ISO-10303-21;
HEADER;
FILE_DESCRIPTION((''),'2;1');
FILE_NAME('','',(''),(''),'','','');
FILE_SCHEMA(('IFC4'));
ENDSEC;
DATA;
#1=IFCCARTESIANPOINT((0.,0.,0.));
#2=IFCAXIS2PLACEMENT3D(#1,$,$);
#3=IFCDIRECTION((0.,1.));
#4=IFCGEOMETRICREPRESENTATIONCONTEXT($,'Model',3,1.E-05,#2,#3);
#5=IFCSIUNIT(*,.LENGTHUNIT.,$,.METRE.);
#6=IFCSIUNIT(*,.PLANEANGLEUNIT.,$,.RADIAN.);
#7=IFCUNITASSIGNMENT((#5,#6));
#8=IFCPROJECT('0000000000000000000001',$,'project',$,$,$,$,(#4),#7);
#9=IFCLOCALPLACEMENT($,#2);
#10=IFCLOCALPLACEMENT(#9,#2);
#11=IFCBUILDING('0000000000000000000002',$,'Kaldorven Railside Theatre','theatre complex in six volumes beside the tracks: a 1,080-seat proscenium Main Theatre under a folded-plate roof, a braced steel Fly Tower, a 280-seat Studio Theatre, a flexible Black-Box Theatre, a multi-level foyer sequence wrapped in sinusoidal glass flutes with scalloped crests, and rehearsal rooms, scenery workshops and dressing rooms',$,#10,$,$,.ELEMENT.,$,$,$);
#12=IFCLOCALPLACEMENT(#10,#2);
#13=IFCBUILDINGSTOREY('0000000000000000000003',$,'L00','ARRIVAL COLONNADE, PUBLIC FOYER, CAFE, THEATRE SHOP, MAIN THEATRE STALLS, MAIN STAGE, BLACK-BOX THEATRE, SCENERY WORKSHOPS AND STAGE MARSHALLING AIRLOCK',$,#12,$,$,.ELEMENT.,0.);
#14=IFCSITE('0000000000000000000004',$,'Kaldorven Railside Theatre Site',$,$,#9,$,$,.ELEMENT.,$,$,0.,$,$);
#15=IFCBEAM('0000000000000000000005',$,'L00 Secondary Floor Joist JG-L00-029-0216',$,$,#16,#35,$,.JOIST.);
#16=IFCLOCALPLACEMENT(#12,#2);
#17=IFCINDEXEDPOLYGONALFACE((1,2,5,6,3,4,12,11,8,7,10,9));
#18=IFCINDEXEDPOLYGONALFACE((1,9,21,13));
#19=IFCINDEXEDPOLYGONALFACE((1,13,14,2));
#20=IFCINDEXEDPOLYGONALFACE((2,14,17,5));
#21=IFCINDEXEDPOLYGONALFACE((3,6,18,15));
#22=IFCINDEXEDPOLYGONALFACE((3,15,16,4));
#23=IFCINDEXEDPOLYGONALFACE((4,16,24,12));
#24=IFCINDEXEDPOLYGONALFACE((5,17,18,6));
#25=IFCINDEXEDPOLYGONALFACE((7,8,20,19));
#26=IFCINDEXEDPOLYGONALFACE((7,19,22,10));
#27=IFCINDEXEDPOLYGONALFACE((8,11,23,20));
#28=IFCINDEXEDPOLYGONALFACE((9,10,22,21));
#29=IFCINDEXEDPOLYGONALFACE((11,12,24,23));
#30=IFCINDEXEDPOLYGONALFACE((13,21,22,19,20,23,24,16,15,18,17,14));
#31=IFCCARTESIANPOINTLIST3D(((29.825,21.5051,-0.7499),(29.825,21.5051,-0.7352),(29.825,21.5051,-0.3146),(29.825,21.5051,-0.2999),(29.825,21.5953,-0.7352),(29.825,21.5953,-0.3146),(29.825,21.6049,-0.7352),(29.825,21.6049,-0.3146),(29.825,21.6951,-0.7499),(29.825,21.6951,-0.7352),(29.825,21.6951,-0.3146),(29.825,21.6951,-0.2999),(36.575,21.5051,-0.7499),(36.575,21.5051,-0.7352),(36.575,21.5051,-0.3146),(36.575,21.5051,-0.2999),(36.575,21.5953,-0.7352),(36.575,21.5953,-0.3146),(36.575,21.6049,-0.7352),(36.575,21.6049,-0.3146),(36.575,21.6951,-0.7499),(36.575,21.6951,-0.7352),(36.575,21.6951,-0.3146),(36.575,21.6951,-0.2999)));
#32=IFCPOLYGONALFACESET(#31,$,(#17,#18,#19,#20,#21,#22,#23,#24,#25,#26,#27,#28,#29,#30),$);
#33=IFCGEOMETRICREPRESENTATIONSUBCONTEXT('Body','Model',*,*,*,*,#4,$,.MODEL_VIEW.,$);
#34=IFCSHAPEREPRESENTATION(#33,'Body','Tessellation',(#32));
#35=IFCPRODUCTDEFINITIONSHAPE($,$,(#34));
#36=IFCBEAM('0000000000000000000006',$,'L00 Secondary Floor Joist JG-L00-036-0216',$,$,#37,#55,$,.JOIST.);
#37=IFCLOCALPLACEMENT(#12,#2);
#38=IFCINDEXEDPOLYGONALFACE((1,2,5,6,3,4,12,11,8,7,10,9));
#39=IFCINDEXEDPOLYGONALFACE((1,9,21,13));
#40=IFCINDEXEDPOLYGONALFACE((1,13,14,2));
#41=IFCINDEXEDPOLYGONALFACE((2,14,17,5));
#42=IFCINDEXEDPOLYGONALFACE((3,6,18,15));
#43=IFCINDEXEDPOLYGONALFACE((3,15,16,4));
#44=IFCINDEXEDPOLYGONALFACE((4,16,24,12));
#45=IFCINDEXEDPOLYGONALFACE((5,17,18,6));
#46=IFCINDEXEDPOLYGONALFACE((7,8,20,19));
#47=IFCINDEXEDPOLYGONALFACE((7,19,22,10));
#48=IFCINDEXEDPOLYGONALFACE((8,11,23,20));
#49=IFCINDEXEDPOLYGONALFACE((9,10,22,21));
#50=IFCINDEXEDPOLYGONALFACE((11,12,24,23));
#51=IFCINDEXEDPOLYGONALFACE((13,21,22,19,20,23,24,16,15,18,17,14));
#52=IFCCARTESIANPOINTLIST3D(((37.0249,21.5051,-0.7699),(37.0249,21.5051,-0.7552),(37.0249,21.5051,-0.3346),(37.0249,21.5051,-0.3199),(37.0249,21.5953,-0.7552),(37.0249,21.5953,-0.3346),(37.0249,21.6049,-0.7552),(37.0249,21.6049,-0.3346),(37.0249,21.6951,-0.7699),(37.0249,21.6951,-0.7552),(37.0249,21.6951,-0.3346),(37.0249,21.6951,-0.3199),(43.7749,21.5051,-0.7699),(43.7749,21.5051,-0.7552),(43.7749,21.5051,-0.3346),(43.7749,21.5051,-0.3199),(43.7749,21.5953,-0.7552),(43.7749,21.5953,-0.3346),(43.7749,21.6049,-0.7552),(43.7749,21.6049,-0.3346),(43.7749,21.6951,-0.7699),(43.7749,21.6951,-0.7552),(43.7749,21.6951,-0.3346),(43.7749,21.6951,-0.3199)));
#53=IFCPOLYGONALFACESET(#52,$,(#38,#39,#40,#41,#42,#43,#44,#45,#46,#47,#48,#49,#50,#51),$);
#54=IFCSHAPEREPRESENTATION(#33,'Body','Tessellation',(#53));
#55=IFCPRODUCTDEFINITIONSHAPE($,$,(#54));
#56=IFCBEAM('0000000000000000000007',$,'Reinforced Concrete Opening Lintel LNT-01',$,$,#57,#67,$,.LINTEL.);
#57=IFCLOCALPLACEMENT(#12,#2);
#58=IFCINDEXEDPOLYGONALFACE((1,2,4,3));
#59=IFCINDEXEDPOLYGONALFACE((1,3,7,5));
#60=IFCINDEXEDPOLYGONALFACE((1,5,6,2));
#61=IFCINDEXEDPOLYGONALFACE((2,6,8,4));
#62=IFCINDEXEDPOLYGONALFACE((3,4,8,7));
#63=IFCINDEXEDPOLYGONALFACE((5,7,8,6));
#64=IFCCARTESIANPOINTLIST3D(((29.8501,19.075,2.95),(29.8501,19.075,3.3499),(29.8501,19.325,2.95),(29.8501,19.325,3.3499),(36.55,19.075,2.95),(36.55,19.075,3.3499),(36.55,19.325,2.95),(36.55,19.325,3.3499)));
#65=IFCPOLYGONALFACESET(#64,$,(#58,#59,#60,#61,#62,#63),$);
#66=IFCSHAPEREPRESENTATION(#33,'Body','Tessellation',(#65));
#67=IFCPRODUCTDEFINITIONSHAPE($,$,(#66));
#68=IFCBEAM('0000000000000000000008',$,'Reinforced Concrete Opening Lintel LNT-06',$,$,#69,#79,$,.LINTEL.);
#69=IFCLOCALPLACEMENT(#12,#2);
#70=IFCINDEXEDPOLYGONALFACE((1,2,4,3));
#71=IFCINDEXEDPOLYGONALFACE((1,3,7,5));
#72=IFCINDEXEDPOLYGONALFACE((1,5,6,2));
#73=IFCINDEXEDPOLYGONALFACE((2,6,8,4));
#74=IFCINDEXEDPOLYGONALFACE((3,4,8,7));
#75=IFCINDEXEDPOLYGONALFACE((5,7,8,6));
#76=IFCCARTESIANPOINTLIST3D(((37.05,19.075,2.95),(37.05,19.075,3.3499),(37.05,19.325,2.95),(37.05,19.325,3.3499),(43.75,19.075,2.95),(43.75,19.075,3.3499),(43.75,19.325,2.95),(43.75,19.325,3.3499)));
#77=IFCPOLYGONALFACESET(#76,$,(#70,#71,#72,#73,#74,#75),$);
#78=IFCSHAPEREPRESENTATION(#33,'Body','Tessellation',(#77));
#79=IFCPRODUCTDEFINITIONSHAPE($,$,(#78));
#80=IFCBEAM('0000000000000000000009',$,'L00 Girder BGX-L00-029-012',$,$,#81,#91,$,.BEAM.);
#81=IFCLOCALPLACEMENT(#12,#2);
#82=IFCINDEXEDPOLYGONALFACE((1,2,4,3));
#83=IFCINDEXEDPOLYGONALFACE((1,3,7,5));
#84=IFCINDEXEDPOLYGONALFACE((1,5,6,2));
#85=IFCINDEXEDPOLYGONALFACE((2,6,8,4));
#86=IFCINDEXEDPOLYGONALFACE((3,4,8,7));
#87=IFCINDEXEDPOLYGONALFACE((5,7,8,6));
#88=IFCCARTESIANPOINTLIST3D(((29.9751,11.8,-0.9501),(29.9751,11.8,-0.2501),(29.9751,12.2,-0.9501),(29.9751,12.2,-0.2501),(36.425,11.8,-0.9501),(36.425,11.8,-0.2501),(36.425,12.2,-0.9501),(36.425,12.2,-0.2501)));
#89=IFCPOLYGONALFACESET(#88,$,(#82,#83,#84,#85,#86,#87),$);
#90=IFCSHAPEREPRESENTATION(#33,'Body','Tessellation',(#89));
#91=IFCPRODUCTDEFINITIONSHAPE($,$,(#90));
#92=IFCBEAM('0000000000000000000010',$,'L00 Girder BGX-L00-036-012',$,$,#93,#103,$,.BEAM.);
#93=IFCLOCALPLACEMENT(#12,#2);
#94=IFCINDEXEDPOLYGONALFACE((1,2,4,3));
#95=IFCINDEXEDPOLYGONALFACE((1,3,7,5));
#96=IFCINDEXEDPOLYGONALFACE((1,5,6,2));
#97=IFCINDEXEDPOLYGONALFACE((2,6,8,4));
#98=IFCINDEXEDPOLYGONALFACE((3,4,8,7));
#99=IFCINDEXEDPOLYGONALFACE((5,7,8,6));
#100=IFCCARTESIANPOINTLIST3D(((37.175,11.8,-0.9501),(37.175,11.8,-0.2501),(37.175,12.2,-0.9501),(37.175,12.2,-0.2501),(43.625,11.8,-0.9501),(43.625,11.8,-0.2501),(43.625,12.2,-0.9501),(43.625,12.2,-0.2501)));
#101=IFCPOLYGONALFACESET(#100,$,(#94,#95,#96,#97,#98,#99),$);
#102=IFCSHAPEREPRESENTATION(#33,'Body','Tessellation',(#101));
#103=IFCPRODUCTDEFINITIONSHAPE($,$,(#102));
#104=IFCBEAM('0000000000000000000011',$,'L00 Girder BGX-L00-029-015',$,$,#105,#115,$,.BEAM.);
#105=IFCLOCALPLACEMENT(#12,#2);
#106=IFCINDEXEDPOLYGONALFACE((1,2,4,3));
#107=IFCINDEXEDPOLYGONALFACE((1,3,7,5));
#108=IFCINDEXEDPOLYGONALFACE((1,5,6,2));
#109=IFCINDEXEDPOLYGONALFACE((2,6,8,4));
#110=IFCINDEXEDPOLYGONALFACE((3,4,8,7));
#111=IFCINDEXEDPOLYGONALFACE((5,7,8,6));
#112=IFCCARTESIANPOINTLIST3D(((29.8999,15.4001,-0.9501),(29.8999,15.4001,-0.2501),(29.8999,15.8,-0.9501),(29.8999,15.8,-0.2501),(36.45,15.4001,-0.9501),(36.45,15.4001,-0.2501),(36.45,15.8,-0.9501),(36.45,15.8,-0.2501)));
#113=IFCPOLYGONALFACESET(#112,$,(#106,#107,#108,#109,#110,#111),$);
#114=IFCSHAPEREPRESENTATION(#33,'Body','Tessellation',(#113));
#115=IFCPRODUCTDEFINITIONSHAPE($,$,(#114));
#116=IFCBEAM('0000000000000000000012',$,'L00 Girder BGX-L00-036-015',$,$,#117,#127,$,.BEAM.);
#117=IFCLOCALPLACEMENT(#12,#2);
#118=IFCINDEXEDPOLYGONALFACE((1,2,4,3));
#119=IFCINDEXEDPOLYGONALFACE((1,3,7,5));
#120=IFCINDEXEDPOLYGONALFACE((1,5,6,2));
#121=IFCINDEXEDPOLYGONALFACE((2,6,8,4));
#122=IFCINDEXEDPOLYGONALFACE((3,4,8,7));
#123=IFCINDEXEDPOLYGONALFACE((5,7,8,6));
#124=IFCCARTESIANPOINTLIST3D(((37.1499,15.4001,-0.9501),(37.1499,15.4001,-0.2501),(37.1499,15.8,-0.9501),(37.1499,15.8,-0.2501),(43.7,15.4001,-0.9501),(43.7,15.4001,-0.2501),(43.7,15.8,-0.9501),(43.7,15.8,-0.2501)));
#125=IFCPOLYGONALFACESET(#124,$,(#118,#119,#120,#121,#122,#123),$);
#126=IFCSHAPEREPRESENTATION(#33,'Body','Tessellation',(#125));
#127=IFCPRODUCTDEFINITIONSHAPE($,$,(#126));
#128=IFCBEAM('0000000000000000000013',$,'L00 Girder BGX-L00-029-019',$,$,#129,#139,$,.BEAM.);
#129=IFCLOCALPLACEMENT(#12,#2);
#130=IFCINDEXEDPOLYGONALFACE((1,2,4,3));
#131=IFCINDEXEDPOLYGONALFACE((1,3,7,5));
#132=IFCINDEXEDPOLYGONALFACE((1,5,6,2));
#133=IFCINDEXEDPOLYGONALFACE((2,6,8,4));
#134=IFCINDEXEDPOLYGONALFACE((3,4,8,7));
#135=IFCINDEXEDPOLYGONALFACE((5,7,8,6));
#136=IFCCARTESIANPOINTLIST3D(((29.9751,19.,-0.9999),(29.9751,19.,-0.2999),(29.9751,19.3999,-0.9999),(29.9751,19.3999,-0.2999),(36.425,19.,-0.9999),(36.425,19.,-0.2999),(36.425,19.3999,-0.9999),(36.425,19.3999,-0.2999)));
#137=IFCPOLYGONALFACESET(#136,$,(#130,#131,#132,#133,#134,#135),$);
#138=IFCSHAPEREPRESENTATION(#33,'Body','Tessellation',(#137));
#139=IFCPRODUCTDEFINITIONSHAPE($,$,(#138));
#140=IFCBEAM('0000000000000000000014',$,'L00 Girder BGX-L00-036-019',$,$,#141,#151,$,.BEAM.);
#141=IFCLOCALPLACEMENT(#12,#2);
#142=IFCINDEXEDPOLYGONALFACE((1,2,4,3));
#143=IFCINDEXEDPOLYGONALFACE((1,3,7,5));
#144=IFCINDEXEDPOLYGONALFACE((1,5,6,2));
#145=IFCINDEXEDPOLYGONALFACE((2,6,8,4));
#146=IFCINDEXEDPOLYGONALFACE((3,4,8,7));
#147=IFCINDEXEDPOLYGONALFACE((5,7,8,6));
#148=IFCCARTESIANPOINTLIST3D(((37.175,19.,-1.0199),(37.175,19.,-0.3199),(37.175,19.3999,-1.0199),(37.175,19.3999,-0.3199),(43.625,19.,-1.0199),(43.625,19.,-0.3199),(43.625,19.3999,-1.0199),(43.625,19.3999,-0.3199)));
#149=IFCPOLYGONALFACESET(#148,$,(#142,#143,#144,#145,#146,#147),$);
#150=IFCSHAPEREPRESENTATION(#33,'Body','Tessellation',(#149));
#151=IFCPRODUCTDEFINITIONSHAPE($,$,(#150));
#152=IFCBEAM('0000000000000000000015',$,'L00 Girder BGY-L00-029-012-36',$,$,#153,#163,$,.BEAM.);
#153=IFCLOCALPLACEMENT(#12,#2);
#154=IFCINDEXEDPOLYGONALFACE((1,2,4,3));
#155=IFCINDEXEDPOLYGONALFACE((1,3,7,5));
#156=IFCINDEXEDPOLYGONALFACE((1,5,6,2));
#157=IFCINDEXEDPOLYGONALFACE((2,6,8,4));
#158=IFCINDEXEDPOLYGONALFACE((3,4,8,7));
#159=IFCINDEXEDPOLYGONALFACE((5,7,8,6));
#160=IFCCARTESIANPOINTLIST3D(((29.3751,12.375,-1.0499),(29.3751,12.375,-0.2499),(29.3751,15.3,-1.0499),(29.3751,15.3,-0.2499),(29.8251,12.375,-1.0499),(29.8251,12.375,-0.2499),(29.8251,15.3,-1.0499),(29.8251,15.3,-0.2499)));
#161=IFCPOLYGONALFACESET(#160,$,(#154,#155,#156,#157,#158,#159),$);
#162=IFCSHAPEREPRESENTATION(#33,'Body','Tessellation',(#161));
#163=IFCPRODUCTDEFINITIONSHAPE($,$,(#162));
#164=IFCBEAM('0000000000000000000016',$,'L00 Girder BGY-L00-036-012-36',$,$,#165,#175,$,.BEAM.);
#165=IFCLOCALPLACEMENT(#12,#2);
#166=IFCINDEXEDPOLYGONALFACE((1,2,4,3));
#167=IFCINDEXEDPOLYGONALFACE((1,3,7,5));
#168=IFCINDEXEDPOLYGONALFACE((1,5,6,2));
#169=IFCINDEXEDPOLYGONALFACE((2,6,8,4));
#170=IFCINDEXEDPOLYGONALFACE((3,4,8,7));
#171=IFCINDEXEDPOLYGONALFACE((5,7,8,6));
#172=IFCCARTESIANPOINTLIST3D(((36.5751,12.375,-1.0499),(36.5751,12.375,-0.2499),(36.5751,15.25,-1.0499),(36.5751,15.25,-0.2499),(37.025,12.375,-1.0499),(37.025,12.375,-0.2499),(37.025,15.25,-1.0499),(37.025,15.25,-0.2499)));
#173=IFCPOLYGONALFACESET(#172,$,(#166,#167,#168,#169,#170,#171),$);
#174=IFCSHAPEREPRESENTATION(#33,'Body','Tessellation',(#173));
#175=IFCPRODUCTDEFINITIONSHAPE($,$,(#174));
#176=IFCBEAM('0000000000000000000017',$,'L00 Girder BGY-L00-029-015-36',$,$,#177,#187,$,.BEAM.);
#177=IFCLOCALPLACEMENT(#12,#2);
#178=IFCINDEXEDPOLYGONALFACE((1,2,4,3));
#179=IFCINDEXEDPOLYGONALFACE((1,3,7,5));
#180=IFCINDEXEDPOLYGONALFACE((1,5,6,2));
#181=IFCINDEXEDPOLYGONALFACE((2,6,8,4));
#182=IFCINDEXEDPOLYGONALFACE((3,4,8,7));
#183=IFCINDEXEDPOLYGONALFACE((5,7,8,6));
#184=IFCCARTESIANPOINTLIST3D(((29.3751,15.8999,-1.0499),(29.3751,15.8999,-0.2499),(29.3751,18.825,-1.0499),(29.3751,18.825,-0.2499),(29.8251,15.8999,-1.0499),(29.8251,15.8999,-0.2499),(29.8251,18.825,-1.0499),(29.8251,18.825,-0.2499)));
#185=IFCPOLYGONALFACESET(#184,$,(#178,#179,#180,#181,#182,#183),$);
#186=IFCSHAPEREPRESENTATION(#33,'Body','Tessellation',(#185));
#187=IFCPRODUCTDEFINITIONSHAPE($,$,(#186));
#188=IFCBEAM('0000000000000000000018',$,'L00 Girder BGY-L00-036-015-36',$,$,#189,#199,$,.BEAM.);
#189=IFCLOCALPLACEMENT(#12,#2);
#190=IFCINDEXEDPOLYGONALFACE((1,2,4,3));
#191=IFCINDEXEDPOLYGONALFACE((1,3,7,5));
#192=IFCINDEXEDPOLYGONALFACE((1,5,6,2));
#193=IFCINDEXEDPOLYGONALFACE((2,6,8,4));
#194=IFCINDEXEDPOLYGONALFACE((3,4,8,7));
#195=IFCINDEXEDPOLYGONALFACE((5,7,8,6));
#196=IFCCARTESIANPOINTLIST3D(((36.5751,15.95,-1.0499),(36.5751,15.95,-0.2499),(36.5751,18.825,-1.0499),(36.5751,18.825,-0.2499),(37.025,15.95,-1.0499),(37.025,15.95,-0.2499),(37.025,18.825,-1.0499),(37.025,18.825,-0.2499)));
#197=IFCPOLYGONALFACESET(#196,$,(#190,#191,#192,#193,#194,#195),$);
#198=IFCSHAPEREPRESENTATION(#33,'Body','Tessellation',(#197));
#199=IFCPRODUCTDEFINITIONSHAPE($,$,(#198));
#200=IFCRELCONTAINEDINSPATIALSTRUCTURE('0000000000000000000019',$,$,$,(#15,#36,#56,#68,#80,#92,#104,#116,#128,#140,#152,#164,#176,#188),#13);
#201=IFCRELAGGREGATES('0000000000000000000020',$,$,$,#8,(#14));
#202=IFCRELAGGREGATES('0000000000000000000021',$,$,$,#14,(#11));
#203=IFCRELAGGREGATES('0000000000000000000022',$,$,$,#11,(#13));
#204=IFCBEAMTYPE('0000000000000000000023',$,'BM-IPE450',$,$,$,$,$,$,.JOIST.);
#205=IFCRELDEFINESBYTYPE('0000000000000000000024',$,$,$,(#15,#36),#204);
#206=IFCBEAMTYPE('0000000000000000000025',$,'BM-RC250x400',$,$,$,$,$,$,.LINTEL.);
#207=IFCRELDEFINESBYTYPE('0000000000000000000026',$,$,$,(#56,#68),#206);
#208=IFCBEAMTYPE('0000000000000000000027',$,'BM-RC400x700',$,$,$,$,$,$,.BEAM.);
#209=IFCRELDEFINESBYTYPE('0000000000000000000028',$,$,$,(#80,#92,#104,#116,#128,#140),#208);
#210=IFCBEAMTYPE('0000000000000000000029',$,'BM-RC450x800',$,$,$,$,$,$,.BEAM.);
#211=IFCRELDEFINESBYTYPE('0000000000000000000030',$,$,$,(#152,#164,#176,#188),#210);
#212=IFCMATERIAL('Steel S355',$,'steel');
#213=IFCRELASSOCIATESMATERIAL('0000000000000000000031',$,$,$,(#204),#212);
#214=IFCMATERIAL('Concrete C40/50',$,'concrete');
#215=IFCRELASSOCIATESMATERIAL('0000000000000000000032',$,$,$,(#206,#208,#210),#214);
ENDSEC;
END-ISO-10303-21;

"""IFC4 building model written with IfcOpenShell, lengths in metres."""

from ifc_helpers import new_model, si_unit, direction, frame, origin, origin_2d, place, context, subcontext, project, spatial, rectangle, i_section, extrude, material, material_profile, profile_set, type_object, element, save


model = new_model("IFC4")

# Units and contexts
model_context = context("Model", 3, precision=1e-05, world=origin(), true_north=direction((0.0, 1.0)))
body_context = subcontext(model_context, "Body", "Model", "MODEL_VIEW")
ifc_project = project(units=[si_unit("LENGTHUNIT", "METRE"), si_unit("PLANEANGLEUNIT", "RADIAN")], contexts=[model_context])

# Site, building, storey
site_placement = place(None, origin())
site = spatial("IfcSite", under=ifc_project, at=site_placement, Name="Kaldorven Railside Theatre Site", CompositionType="ELEMENT", RefElevation=0.0)
building_placement = place(site_placement, origin())
building = spatial("IfcBuilding", under=site, at=building_placement, Name="Kaldorven Railside Theatre", Description="theatre complex in six volumes beside the tracks: a 1,080-seat proscenium Main Theatre under a folded-plate roof, a braced steel Fly Tower, a 280-seat Studio Theatre, a flexible Black-Box Theatre, a multi-level foyer sequence wrapped in sinusoidal glass flutes with scalloped crests, and rehearsal rooms, scenery workshops and dressing rooms", CompositionType="ELEMENT")
storey_placement = place(building_placement, origin())
storey = spatial("IfcBuildingStorey", under=building, at=storey_placement, Name="L00", Description="ARRIVAL COLONNADE, PUBLIC FOYER, CAFE, THEATRE SHOP, MAIN THEATRE STALLS, MAIN STAGE, BLACK-BOX THEATRE, SCENERY WORKSHOPS AND STAGE MARSHALLING AIRLOCK", CompositionType="ELEMENT", Elevation=0.0)

# Shared definitions
ifc_material_1 = material(Name="Concrete C40/50", Category="concrete")

# Beams
ifc_material_2 = material(Name="Steel S355", Category="steel")
ifc_material_profile_1 = material_profile(ifc_material_2, i_section(OverallWidth=0.1899, OverallDepth=0.45, WebThickness=0.0095, FlangeThickness=0.0146, at=origin_2d()), Name="IPE 450")
ifc_profile_set_1 = profile_set([ifc_material_profile_1], Name="Steel S355")
beam_type_1 = type_object("IfcBeamType", Name="BM-IPE450", PredefinedType="JOIST", material=ifc_profile_set_1)
for number, where, z_axis, x_axis, name in (
    (1, (29.825, 21.6001, -0.5249), (1.0, 0.0, 0.0), (0.0, 1.0, 0.0), "L00 Secondary Floor Joist JG-L00-029-0216"),
    (2, (37.0249, 21.6001, -0.5449), (1.0, 0.0, 0.0), (0.0, 1.0, 0.0), "L00 Secondary Floor Joist JG-L00-036-0216"),
):
    element("IfcBeam", number, at=place(storey_placement, frame(where, z_axis=z_axis, x_axis=x_axis)), inside=storey, type_object=beam_type_1, Name=name, PredefinedType="JOIST", context=body_context, shape_type="SweptSolid", body=[
        extrude(i_section(OverallWidth=0.1899, OverallDepth=0.45, WebThickness=0.0095, FlangeThickness=0.0146, at=origin_2d()), origin(), (0.0, 0.0, 1.0), 6.75),
    ])
ifc_material_profile_2 = material_profile(ifc_material_1, rectangle(XDim=0.25, YDim=0.3999, at=origin_2d()), Name="RC 250x400")
ifc_profile_set_2 = profile_set([ifc_material_profile_2], Name="Concrete C40/50")
beam_type_2 = type_object("IfcBeamType", Name="BM-RC250x400", PredefinedType="LINTEL", material=ifc_profile_set_2)
for number, where, z_axis, x_axis, name in (
    (3, (29.8501, 19.2, 3.1499), (1.0, 0.0, 0.0), (0.0, 1.0, 0.0), "Reinforced Concrete Opening Lintel LNT-01"),
    (4, (37.05, 19.2, 3.1499), (1.0, 0.0, 0.0), (0.0, 1.0, 0.0), "Reinforced Concrete Opening Lintel LNT-06"),
):
    element("IfcBeam", number, at=place(storey_placement, frame(where, z_axis=z_axis, x_axis=x_axis)), inside=storey, type_object=beam_type_2, Name=name, PredefinedType="LINTEL", context=body_context, shape_type="SweptSolid", body=[
        extrude(rectangle(XDim=0.25, YDim=0.3999, at=origin_2d()), origin(), (0.0, 0.0, 1.0), 6.7),
    ])
ifc_material_profile_3 = material_profile(ifc_material_1, rectangle(XDim=0.3999, YDim=0.7, at=origin_2d()), Name="RC 400x700")
ifc_profile_set_3 = profile_set([ifc_material_profile_3], Name="Concrete C40/50")
beam_type_3 = type_object("IfcBeamType", Name="BM-RC400x700", PredefinedType="BEAM", material=ifc_profile_set_3)
for number, where, z_axis, x_axis, name in (
    (5, (29.9751, 12.0, -0.6001), (1.0, 0.0, 0.0), (0.0, 1.0, 0.0), "L00 Girder BGX-L00-029-012"),
    (6, (37.175, 12.0, -0.6001), (1.0, 0.0, 0.0), (0.0, 1.0, 0.0), "L00 Girder BGX-L00-036-012"),
):
    element("IfcBeam", number, at=place(storey_placement, frame(where, z_axis=z_axis, x_axis=x_axis)), inside=storey, type_object=beam_type_3, Name=name, PredefinedType="BEAM", context=body_context, shape_type="SweptSolid", body=[
        extrude(rectangle(XDim=0.3999, YDim=0.7, at=origin_2d()), origin(), (0.0, 0.0, 1.0), 6.45),
    ])
for number, where, z_axis, x_axis, name in (
    (7, (29.8999, 15.6001, -0.6001), (1.0, 0.0, 0.0), (0.0, 1.0, 0.0), "L00 Girder BGX-L00-029-015"),
    (8, (37.1499, 15.6001, -0.6001), (1.0, 0.0, 0.0), (0.0, 1.0, 0.0), "L00 Girder BGX-L00-036-015"),
):
    element("IfcBeam", number, at=place(storey_placement, frame(where, z_axis=z_axis, x_axis=x_axis)), inside=storey, type_object=beam_type_3, Name=name, PredefinedType="BEAM", context=body_context, shape_type="SweptSolid", body=[
        extrude(rectangle(XDim=0.3999, YDim=0.7, at=origin_2d()), origin(), (0.0, 0.0, 1.0), 6.55),
    ])
for number, where, z_axis, x_axis, name in (
    (9, (29.9751, 19.2, -0.6499), (1.0, 0.0, 0.0), (0.0, 1.0, 0.0), "L00 Girder BGX-L00-029-019"),
    (10, (37.175, 19.2, -0.6699), (1.0, 0.0, 0.0), (0.0, 1.0, 0.0), "L00 Girder BGX-L00-036-019"),
):
    element("IfcBeam", number, at=place(storey_placement, frame(where, z_axis=z_axis, x_axis=x_axis)), inside=storey, type_object=beam_type_3, Name=name, PredefinedType="BEAM", context=body_context, shape_type="SweptSolid", body=[
        extrude(rectangle(XDim=0.3999, YDim=0.7, at=origin_2d()), origin(), (0.0, 0.0, 1.0), 6.45),
    ])
ifc_material_profile_4 = material_profile(ifc_material_1, rectangle(XDim=0.45, YDim=0.8, at=origin_2d()), Name="RC 450x800")
ifc_profile_set_4 = profile_set([ifc_material_profile_4], Name="Concrete C40/50")
beam_type_4 = type_object("IfcBeamType", Name="BM-RC450x800", PredefinedType="BEAM", material=ifc_profile_set_4)
beam_1_placement = place(storey_placement, frame((29.6001, 12.375, -0.6499), z_axis=(0.0, 1.0, 0.0), x_axis=(-1.0, 0.0, 0.0)))
element("IfcBeam", 11, at=beam_1_placement, inside=storey, type_object=beam_type_4, Name="L00 Girder BGY-L00-029-012-36", PredefinedType="BEAM", context=body_context, shape_type="SweptSolid", body=[
    extrude(rectangle(XDim=0.45, YDim=0.8, at=origin_2d()), origin(), (0.0, 0.0, 1.0), 2.925),
])
beam_2_placement = place(storey_placement, frame((36.8, 12.375, -0.6499), z_axis=(0.0, 1.0, 0.0), x_axis=(-1.0, 0.0, 0.0)))
element("IfcBeam", 12, at=beam_2_placement, inside=storey, type_object=beam_type_4, Name="L00 Girder BGY-L00-036-012-36", PredefinedType="BEAM", context=body_context, shape_type="SweptSolid", body=[
    extrude(rectangle(XDim=0.45, YDim=0.8, at=origin_2d()), origin(), (0.0, 0.0, 1.0), 2.875),
])
beam_3_placement = place(storey_placement, frame((29.6001, 15.8999, -0.6499), z_axis=(0.0, 1.0, 0.0), x_axis=(-1.0, 0.0, 0.0)))
element("IfcBeam", 13, at=beam_3_placement, inside=storey, type_object=beam_type_4, Name="L00 Girder BGY-L00-029-015-36", PredefinedType="BEAM", context=body_context, shape_type="SweptSolid", body=[
    extrude(rectangle(XDim=0.45, YDim=0.8, at=origin_2d()), origin(), (0.0, 0.0, 1.0), 2.925),
])
beam_4_placement = place(storey_placement, frame((36.8, 15.95, -0.6499), z_axis=(0.0, 1.0, 0.0), x_axis=(-1.0, 0.0, 0.0)))
element("IfcBeam", 14, at=beam_4_placement, inside=storey, type_object=beam_type_4, Name="L00 Girder BGY-L00-036-015-36", PredefinedType="BEAM", context=body_context, shape_type="SweptSolid", body=[
    extrude(rectangle(XDim=0.45, YDim=0.8, at=origin_2d()), origin(), (0.0, 0.0, 1.0), 2.875),
])

save(model, "model.ifc")
